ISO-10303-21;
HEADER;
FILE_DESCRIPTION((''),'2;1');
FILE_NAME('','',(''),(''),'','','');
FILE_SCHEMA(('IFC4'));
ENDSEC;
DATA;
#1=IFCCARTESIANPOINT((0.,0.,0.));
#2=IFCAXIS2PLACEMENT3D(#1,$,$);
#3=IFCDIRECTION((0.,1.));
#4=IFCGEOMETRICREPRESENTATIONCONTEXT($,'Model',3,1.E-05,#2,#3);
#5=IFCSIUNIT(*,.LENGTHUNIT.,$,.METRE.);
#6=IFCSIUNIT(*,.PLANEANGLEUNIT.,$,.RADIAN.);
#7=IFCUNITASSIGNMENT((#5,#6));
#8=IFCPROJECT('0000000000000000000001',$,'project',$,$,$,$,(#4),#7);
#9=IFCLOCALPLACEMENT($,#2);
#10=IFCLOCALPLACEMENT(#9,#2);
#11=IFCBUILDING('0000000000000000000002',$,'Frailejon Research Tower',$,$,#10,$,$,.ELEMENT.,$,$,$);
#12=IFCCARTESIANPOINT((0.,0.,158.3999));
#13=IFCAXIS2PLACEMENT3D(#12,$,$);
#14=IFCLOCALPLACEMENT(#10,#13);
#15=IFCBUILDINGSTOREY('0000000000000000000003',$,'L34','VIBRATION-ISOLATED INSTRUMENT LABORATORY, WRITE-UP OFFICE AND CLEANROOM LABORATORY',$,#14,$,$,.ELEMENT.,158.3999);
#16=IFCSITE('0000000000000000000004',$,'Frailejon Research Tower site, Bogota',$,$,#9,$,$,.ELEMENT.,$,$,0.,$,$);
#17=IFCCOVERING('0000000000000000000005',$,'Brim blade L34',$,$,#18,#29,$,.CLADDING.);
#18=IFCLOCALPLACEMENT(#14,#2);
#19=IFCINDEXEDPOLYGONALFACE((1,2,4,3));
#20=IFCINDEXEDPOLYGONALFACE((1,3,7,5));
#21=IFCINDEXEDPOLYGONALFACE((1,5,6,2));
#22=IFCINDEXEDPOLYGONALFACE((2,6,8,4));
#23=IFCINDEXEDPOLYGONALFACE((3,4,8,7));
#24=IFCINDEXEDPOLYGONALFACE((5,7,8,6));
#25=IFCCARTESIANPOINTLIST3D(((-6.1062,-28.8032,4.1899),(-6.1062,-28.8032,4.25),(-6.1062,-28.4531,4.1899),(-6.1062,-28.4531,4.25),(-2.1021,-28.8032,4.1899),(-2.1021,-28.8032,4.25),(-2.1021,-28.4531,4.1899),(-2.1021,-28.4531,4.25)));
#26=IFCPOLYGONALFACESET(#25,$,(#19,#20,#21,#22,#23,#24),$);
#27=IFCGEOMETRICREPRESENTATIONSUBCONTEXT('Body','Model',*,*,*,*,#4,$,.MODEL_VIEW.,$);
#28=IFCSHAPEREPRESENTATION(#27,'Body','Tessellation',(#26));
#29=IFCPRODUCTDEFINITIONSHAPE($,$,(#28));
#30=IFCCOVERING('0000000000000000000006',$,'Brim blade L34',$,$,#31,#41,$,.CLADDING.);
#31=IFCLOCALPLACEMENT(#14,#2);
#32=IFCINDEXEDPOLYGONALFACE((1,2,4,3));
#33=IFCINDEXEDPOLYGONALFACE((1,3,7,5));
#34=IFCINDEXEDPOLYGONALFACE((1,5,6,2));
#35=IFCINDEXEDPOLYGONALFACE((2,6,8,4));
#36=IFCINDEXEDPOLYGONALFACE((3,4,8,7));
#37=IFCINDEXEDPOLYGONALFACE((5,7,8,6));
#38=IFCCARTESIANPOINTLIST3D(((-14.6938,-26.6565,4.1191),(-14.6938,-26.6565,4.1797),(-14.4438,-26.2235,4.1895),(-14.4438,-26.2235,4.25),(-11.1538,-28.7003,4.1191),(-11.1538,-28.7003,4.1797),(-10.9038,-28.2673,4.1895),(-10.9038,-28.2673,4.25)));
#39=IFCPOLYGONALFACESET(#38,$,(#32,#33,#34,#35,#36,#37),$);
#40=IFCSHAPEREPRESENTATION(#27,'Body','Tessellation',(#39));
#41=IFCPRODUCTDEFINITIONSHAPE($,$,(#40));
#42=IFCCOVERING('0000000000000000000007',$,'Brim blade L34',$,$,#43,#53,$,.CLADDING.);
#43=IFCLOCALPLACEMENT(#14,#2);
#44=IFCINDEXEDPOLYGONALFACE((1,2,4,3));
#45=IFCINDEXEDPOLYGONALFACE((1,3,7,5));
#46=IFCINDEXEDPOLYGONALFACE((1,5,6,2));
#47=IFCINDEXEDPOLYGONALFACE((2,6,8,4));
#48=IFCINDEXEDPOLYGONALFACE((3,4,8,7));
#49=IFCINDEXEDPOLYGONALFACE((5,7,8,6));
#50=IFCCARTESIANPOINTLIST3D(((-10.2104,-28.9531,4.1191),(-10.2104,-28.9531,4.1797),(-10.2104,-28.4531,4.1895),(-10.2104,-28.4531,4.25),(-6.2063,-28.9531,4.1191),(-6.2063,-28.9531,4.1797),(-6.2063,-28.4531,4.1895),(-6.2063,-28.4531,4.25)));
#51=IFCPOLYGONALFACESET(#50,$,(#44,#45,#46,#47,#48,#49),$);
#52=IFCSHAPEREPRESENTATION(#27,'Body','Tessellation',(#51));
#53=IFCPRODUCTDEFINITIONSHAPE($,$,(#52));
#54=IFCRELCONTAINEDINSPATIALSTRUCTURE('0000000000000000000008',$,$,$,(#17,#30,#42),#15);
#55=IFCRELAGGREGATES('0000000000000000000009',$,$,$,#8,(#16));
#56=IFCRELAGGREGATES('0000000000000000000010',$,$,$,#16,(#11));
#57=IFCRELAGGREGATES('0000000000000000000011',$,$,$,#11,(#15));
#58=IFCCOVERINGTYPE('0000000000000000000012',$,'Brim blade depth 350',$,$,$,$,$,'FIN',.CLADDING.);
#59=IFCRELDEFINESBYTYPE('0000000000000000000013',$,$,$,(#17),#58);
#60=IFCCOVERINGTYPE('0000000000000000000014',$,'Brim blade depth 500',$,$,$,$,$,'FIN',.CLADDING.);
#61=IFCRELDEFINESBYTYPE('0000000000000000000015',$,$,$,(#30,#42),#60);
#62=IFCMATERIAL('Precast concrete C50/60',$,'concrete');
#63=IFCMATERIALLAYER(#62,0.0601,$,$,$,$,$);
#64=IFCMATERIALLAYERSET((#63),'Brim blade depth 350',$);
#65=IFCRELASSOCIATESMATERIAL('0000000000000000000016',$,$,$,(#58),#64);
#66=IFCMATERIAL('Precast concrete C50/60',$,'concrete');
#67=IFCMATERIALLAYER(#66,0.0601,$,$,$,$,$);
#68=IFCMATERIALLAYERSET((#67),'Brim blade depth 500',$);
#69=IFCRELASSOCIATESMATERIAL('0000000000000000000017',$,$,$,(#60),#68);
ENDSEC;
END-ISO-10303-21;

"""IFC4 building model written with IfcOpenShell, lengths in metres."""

from ifc_helpers import new_model, si_unit, direction, frame, origin, place, context, subcontext, project, spatial, polyline, outline, extrude, material, layer, layer_set, type_object, element, save


model = new_model("IFC4")

# Units and contexts
model_context = context("Model", 3, precision=1e-05, world=origin(), true_north=direction((0.0, 1.0)))
body_context = subcontext(model_context, "Body", "Model", "MODEL_VIEW")
ifc_project = project(units=[si_unit("LENGTHUNIT", "METRE"), si_unit("PLANEANGLEUNIT", "RADIAN")], contexts=[model_context])

# Site, building, storey
site_placement = place(None, origin())
site = spatial("IfcSite", under=ifc_project, at=site_placement, Name="Frailejon Research Tower site, Bogota", CompositionType="ELEMENT", RefElevation=0.0)
building_placement = place(site_placement, origin())
building = spatial("IfcBuilding", under=site, at=building_placement, Name="Frailejon Research Tower", CompositionType="ELEMENT")
storey_placement = place(building_placement, frame((0.0, 0.0, 158.3999)))
storey = spatial("IfcBuildingStorey", under=building, at=storey_placement, Name="L34", Description="VIBRATION-ISOLATED INSTRUMENT LABORATORY, WRITE-UP OFFICE AND CLEANROOM LABORATORY", CompositionType="ELEMENT", Elevation=158.3999)

# Coverings
ifc_material_1 = material(Name="Precast concrete C50/60", Category="concrete")
ifc_layer_1 = layer(ifc_material_1, 0.0601)
ifc_layer_set_1 = layer_set([ifc_layer_1], Name="Brim blade depth 350")
covering_type_1 = type_object("IfcCoveringType", Name="Brim blade depth 350", ElementType="FIN", PredefinedType="CLADDING", material=ifc_layer_set_1)
covering_1_placement = place(storey_placement, frame((-2.1021, -28.4531, 4.25), z_axis=(-1.0, 0.0, 0.0), x_axis=(0.0, -1.0, 0.0)))
element("IfcCovering", 1, at=covering_1_placement, inside=storey, type_object=covering_type_1, Name="Brim blade L34", PredefinedType="CLADDING", context=body_context, shape_type="SweptSolid", body=[
    extrude(outline(polyline([(0.0, -0.0601), (0.3501, -0.0601), (0.3501, 0.0), (0.0, 0.0), (0.0, -0.0601)])), origin(), (0.0, 0.0, 1.0), 4.0042),
])
ifc_material_2 = material(Name="Precast concrete C50/60", Category="concrete")
ifc_layer_2 = layer(ifc_material_2, 0.0601)
ifc_layer_set_2 = layer_set([ifc_layer_2], Name="Brim blade depth 500")
covering_type_2 = type_object("IfcCoveringType", Name="Brim blade depth 500", ElementType="FIN", PredefinedType="CLADDING", material=ifc_layer_set_2)
covering_2_placement = place(storey_placement, frame((-10.9038, -28.2673, 4.25), z_axis=(-0.866027, 0.499997, 0.0), x_axis=(-0.499997, -0.866027, 0.0)))
element("IfcCovering", 2, at=covering_2_placement, inside=storey, type_object=covering_type_2, Name="Brim blade L34", PredefinedType="CLADDING", context=body_context, shape_type="SweptSolid", body=[
    extrude(outline(polyline([(0.0, -0.0605), (0.5, -0.1309), (0.5, -0.0703), (0.0, 0.0), (0.0, -0.0605)])), origin(), (0.0, 0.0, 1.0), 4.0876),
])
covering_3_placement = place(storey_placement, frame((-6.2063, -28.4531, 4.25), z_axis=(-1.0, 0.0, 0.0), x_axis=(0.0, -1.0, 0.0)))
element("IfcCovering", 3, at=covering_3_placement, inside=storey, type_object=covering_type_2, Name="Brim blade L34", PredefinedType="CLADDING", context=body_context, shape_type="SweptSolid", body=[
    extrude(outline(polyline([(0.0, -0.0605), (0.5, -0.1309), (0.5, -0.0703), (0.0, 0.0), (0.0, -0.0605)])), origin(), (0.0, 0.0, 1.0), 4.0042),
])

save(model, "model.ifc")
